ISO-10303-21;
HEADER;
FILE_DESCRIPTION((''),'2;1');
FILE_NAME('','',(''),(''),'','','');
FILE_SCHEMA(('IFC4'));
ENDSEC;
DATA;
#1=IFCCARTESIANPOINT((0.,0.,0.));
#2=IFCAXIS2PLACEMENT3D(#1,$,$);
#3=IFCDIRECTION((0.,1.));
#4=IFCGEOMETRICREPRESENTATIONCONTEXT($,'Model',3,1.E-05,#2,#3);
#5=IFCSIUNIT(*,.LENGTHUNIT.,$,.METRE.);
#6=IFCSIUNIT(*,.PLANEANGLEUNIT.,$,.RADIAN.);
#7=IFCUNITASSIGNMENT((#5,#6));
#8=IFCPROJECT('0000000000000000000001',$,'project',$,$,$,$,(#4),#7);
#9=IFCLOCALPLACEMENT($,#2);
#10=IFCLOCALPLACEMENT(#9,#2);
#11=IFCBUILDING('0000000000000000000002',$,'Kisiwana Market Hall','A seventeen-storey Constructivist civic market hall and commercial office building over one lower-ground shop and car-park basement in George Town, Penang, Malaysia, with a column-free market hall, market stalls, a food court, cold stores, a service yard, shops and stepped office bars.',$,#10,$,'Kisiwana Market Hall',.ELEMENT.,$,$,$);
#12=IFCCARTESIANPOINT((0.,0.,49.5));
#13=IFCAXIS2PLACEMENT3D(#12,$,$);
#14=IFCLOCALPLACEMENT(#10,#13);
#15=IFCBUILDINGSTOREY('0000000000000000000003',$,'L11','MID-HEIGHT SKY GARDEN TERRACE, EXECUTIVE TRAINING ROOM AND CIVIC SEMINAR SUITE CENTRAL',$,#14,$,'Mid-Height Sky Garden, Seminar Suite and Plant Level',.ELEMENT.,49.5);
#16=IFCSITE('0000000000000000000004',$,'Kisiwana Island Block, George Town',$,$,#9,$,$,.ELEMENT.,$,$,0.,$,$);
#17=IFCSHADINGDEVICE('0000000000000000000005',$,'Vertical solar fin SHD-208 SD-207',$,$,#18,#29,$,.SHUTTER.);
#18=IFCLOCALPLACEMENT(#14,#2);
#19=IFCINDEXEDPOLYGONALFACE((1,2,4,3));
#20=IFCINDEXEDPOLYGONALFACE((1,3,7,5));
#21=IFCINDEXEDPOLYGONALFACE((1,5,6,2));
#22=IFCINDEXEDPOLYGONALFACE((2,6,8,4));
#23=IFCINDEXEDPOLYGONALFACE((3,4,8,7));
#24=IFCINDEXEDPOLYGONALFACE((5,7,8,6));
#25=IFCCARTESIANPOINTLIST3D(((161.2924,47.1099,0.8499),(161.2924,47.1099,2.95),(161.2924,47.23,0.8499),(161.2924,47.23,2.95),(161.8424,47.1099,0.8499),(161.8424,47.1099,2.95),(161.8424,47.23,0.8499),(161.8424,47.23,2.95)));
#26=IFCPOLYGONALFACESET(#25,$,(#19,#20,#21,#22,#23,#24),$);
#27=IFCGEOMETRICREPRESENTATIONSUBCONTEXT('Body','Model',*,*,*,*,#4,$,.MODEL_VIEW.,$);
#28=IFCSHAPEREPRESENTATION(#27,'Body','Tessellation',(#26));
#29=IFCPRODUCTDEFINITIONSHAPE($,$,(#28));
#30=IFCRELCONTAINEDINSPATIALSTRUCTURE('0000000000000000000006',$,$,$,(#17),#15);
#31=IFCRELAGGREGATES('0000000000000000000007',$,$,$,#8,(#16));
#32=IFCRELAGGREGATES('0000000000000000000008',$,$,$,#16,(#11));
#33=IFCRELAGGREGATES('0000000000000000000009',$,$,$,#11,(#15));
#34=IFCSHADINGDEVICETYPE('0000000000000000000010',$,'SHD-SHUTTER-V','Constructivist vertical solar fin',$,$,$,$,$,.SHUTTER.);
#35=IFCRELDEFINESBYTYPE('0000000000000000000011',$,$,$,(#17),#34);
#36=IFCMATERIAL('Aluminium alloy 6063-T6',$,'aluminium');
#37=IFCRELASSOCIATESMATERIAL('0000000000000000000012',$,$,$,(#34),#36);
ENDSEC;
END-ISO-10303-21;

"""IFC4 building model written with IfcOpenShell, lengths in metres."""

from ifc_helpers import new_model, si_unit, direction, frame, origin, origin_2d, place, context, subcontext, project, spatial, rectangle, extrude, material, type_object, element, save


model = new_model("IFC4")

# Units and contexts
model_context = context("Model", 3, precision=1e-05, world=origin(), true_north=direction((0.0, 1.0)))
body_context = subcontext(model_context, "Body", "Model", "MODEL_VIEW")
ifc_project = project(units=[si_unit("LENGTHUNIT", "METRE"), si_unit("PLANEANGLEUNIT", "RADIAN")], contexts=[model_context])

# Site, building, storey
site_placement = place(None, origin())
site = spatial("IfcSite", under=ifc_project, at=site_placement, Name="Kisiwana Island Block, George Town", CompositionType="ELEMENT", RefElevation=0.0)
building_placement = place(site_placement, origin())
building = spatial("IfcBuilding", under=site, at=building_placement, Name="Kisiwana Market Hall", Description="A seventeen-storey Constructivist civic market hall and commercial office building over one lower-ground shop and car-park basement in George Town, Penang, Malaysia, with a column-free market hall, market stalls, a food court, cold stores, a service yard, shops and stepped office bars.", LongName="Kisiwana Market Hall", CompositionType="ELEMENT")
storey_placement = place(building_placement, frame((0.0, 0.0, 49.5)))
storey = spatial("IfcBuildingStorey", under=building, at=storey_placement, Name="L11", Description="MID-HEIGHT SKY GARDEN TERRACE, EXECUTIVE TRAINING ROOM AND CIVIC SEMINAR SUITE CENTRAL", LongName="Mid-Height Sky Garden, Seminar Suite and Plant Level", CompositionType="ELEMENT", Elevation=49.5)

# Shading device
ifc_material_1 = material(Name="Aluminium alloy 6063-T6", Category="aluminium")
shading_device_type = type_object("IfcShadingDeviceType", Name="SHD-SHUTTER-V", Description="Constructivist vertical solar fin", PredefinedType="SHUTTER", material=ifc_material_1)
for number, where, z_axis, x_axis, name in (
    (1, (161.5674, 47.1699, 0.8499), (0.0, 0.0, 1.0), (0.0, 1.0, 0.0), "Vertical solar fin SHD-208 SD-207"),
):
    element("IfcShadingDevice", number, at=place(storey_placement, frame(where, z_axis=z_axis, x_axis=x_axis)), inside=storey, type_object=shading_device_type, Name=name, PredefinedType="SHUTTER", context=body_context, shape_type="SweptSolid", body=[
        extrude(rectangle(XDim=0.1201, YDim=0.55, at=origin_2d()), origin(), (0.0, 0.0, 1.0), 2.1001),
    ])

save(model, "model.ifc")
